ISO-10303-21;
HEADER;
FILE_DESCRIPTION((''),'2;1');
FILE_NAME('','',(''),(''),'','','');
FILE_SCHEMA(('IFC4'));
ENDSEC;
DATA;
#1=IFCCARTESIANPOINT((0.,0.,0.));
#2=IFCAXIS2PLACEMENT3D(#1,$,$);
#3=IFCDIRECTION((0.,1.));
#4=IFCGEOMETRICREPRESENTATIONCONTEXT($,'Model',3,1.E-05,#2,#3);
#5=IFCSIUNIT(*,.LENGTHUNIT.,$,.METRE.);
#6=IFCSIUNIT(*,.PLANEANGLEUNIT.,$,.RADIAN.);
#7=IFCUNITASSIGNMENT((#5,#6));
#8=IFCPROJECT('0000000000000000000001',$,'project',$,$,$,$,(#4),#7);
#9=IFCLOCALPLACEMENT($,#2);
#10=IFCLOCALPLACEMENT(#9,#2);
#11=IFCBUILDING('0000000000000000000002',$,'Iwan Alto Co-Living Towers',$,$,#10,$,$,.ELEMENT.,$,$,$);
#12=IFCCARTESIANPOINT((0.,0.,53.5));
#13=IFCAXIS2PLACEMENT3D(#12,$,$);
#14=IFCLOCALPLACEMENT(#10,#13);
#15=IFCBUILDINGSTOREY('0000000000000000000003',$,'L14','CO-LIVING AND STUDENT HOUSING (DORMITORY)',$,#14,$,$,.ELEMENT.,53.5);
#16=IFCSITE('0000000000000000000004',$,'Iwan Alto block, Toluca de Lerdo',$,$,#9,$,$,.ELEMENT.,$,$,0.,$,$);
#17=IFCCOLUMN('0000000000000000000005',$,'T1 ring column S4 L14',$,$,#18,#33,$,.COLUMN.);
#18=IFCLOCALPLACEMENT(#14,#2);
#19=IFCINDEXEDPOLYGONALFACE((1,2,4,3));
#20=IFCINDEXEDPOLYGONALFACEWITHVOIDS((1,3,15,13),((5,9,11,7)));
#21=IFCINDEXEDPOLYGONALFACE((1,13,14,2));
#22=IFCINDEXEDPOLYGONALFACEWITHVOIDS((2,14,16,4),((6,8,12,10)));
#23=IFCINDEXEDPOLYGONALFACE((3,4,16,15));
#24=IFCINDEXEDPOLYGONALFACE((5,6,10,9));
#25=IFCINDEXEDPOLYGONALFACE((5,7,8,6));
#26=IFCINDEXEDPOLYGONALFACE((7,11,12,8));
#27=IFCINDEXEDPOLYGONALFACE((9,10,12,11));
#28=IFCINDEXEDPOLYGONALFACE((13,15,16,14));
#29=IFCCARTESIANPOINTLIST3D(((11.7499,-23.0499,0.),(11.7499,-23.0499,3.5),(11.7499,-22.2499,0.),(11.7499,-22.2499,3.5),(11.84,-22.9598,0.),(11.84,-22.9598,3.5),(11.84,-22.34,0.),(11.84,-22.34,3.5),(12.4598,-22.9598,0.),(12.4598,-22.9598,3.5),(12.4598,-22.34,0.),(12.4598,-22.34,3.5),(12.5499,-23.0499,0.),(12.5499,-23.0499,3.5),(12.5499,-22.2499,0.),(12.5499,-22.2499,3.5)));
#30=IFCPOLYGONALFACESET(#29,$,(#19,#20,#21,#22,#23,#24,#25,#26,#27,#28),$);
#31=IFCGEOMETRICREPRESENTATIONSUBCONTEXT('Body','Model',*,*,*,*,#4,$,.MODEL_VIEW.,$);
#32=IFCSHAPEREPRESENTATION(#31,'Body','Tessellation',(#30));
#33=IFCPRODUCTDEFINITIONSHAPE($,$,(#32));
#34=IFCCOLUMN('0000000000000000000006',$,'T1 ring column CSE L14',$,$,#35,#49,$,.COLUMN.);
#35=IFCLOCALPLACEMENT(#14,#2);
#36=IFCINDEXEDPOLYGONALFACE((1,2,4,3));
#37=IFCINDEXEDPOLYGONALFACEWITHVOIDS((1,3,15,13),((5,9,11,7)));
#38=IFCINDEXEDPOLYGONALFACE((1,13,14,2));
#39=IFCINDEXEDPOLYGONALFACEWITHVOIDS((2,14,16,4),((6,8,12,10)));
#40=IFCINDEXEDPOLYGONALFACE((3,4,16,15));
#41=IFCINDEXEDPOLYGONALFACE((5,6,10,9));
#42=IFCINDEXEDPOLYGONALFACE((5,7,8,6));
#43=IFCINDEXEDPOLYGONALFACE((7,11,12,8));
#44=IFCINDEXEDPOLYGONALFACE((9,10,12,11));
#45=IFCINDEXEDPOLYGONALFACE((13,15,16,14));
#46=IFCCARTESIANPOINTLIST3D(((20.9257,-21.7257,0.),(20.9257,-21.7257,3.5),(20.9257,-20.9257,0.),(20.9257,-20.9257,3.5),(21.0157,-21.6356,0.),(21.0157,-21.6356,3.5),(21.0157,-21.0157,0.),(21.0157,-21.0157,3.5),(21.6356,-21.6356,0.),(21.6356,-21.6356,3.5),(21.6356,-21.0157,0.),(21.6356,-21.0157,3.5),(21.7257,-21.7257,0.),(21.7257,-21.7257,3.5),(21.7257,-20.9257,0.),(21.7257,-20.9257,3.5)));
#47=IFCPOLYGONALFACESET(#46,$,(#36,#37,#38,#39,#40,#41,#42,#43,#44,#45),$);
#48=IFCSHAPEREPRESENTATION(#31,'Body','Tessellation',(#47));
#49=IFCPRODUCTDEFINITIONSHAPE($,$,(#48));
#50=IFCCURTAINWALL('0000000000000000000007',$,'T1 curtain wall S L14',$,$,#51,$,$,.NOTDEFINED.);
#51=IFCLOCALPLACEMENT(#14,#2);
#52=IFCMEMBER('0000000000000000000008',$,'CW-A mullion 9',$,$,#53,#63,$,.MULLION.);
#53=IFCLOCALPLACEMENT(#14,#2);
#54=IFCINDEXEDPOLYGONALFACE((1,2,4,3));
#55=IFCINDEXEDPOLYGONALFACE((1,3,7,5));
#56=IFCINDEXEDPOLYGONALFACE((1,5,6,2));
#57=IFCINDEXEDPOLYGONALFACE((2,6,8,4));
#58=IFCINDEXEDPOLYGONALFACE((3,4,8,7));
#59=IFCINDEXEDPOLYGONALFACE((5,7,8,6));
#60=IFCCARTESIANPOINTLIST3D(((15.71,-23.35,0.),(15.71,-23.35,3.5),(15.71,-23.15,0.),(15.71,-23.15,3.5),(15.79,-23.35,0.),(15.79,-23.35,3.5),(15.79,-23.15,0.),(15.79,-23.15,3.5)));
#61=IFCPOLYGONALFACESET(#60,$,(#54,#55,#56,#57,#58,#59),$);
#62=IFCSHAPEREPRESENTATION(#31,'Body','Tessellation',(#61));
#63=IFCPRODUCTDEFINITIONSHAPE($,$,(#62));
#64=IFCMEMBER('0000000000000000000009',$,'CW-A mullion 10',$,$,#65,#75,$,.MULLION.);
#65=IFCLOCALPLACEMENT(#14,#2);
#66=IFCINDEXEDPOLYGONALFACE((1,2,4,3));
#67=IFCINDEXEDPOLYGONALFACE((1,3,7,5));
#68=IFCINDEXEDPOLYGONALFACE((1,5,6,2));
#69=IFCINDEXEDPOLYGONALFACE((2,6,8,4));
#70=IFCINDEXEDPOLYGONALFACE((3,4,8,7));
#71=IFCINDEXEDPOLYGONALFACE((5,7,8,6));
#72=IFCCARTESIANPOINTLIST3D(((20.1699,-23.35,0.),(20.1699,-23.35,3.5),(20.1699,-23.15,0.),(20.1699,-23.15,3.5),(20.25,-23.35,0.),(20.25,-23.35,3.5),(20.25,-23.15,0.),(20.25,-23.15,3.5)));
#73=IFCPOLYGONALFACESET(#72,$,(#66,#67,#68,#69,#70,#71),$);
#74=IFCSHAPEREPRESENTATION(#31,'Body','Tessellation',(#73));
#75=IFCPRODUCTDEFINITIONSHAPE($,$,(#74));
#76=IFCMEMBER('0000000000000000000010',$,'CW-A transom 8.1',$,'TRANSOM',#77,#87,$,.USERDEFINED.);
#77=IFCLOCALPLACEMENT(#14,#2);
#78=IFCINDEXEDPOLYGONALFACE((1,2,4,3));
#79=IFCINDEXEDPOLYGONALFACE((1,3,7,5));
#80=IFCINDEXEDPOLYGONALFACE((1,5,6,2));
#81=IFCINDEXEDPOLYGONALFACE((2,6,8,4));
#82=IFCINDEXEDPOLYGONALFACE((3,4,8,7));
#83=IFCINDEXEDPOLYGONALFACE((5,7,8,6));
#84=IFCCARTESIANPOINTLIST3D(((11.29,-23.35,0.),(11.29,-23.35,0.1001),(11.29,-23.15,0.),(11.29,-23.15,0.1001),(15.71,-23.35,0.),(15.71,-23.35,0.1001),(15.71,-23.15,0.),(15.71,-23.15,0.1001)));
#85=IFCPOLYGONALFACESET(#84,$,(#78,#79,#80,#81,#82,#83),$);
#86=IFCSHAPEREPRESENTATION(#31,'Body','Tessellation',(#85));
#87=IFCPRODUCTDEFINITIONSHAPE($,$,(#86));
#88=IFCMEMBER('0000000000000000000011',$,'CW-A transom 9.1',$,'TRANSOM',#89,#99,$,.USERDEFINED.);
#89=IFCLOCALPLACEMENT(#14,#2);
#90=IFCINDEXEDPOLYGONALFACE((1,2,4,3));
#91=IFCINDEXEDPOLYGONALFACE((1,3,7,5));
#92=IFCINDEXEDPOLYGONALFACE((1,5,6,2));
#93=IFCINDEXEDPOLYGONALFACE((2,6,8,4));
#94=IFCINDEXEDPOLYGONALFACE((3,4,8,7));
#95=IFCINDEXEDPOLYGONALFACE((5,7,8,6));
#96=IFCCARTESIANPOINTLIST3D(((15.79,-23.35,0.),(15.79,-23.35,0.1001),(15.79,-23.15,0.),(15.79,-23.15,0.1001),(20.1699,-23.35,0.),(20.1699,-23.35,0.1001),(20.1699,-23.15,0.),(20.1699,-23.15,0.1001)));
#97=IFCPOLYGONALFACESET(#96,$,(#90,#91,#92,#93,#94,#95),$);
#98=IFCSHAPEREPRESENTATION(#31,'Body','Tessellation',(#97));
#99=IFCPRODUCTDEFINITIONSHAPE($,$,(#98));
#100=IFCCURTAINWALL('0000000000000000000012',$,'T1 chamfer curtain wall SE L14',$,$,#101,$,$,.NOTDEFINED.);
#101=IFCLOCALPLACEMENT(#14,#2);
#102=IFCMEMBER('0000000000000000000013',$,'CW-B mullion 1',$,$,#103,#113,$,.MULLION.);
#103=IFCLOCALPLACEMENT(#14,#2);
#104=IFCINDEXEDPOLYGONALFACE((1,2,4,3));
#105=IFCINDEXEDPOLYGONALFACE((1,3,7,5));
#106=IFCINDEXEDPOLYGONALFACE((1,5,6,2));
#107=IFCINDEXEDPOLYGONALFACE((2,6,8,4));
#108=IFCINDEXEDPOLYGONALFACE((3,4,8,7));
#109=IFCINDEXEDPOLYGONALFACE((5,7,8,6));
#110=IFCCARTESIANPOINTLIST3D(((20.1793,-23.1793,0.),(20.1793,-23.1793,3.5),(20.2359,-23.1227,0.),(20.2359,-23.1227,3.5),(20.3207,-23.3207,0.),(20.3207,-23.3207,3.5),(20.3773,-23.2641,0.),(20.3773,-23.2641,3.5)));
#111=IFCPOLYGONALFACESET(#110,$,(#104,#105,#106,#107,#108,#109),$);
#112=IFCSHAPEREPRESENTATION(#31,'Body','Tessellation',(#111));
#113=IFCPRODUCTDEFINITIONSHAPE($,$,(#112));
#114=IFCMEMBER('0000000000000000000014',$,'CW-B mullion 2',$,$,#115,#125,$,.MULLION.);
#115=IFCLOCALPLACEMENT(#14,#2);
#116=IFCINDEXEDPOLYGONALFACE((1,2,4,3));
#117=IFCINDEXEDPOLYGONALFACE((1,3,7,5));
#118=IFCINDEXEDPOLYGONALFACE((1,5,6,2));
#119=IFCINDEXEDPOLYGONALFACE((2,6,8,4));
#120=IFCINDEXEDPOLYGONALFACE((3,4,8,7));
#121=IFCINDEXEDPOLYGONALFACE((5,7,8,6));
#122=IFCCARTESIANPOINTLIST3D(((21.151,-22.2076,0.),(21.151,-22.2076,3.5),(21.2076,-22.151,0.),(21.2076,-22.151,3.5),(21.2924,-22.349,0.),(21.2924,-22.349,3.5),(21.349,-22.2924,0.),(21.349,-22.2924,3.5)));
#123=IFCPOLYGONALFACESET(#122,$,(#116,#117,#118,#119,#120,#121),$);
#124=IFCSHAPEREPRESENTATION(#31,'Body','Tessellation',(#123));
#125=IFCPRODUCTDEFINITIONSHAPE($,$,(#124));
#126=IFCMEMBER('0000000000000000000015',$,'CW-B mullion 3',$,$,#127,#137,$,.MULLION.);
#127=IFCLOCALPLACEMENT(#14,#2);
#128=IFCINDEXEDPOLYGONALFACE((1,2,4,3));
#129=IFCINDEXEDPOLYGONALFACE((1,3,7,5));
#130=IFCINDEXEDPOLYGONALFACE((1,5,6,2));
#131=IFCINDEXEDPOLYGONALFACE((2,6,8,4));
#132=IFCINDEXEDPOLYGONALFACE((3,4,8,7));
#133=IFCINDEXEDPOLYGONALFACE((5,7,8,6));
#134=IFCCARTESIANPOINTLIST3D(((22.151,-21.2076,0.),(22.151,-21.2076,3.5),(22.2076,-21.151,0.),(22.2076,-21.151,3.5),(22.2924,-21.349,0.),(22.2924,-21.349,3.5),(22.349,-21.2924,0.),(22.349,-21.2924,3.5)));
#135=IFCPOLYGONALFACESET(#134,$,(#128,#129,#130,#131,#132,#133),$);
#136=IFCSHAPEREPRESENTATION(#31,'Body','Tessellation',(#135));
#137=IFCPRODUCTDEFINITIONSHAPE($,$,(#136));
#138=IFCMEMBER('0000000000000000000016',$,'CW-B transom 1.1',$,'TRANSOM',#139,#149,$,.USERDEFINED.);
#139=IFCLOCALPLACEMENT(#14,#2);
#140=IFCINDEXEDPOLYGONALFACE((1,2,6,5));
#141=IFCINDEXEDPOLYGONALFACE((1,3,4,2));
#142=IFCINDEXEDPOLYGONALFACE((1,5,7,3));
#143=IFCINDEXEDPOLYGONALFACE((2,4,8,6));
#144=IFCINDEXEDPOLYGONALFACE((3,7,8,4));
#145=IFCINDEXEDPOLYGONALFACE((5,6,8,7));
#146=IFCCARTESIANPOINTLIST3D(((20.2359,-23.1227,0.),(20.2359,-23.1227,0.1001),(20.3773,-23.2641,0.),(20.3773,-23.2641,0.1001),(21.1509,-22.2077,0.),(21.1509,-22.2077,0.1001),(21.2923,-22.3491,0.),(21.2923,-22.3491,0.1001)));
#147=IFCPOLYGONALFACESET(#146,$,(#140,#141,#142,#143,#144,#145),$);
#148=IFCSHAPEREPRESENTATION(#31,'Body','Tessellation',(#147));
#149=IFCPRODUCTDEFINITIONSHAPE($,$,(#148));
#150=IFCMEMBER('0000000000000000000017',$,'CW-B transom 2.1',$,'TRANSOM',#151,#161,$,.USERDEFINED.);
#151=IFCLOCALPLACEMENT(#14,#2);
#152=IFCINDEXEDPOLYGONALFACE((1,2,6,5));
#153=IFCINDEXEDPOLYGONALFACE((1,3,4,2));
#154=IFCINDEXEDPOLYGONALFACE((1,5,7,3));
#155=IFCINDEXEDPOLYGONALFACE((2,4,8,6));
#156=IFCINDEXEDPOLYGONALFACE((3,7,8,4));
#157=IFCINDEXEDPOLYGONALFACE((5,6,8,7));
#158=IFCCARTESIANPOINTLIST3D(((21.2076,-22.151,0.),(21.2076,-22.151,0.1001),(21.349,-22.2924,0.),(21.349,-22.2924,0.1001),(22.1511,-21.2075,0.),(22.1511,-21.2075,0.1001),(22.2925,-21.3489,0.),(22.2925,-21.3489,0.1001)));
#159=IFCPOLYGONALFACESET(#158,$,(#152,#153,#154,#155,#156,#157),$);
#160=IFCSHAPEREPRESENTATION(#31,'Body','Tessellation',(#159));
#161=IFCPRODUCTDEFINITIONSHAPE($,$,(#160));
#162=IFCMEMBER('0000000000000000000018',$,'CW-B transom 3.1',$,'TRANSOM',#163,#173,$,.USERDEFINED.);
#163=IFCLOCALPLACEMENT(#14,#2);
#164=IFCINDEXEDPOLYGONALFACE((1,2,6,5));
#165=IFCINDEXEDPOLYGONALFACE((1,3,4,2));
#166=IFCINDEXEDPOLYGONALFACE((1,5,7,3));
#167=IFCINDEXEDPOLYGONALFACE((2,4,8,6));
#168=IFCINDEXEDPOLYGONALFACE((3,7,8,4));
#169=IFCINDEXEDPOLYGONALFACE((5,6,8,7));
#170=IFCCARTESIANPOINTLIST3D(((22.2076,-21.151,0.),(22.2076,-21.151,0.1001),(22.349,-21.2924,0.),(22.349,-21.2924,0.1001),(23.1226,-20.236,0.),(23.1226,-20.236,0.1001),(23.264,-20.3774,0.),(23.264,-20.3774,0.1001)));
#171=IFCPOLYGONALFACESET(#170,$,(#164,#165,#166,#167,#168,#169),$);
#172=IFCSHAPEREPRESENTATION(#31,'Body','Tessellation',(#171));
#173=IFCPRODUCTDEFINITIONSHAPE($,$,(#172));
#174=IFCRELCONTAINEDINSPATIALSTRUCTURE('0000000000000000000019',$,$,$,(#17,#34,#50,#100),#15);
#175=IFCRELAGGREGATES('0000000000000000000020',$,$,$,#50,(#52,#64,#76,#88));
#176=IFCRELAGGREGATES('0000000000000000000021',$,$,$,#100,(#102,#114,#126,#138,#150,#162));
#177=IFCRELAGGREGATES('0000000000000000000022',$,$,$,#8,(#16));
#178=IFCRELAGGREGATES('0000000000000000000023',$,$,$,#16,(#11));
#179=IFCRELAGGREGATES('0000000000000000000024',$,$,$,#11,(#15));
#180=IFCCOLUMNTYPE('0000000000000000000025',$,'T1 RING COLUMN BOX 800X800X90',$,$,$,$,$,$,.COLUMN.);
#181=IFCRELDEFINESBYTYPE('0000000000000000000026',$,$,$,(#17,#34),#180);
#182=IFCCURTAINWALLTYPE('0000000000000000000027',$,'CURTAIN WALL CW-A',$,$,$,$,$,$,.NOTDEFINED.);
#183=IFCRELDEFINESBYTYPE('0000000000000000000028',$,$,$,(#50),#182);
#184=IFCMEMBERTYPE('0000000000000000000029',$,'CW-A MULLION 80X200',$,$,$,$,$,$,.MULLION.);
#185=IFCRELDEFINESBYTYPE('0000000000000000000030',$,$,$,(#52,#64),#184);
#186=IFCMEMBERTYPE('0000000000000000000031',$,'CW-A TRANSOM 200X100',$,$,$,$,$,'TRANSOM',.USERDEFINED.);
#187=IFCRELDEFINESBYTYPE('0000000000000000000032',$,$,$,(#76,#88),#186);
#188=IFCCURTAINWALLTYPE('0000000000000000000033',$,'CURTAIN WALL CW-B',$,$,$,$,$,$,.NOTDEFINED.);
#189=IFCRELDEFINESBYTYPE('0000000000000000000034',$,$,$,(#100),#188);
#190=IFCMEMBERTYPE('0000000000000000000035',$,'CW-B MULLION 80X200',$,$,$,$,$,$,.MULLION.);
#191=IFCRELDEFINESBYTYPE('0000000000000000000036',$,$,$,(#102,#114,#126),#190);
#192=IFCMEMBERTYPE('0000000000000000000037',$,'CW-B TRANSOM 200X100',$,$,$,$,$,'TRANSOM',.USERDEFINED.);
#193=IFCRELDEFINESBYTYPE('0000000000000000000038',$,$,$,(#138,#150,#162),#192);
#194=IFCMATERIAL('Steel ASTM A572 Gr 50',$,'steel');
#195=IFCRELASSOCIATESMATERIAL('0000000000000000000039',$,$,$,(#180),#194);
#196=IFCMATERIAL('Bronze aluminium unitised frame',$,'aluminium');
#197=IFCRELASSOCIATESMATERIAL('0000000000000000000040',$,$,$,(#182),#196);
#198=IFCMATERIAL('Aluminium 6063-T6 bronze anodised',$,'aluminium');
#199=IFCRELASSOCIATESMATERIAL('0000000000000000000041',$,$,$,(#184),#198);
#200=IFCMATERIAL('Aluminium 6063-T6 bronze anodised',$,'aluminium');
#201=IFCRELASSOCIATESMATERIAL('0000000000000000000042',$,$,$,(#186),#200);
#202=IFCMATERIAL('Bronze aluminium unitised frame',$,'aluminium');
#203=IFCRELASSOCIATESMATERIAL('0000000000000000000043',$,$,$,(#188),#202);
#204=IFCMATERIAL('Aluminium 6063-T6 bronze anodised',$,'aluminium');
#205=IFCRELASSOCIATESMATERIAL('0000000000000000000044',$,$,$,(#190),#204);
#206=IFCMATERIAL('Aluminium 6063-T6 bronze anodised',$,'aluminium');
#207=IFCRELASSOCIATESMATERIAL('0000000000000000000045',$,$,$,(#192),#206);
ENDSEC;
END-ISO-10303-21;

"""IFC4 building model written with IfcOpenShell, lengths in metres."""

from ifc_helpers import new_model, si_unit, direction, frame, origin, origin_2d, place, context, subcontext, project, spatial, rectangle, hollow_rectangle, extrude, material, material_profile, profile_set, type_object, element, aggregate, save


model = new_model("IFC4")

# Units and contexts
model_context = context("Model", 3, precision=1e-05, world=origin(), true_north=direction((0.0, 1.0)))
body_context = subcontext(model_context, "Body", "Model", "MODEL_VIEW")
ifc_project = project(units=[si_unit("LENGTHUNIT", "METRE"), si_unit("PLANEANGLEUNIT", "RADIAN")], contexts=[model_context])

# Site, building, storey
site_placement = place(None, origin())
site = spatial("IfcSite", under=ifc_project, at=site_placement, Name="Iwan Alto block, Toluca de Lerdo", CompositionType="ELEMENT", RefElevation=0.0)
building_placement = place(site_placement, origin())
building = spatial("IfcBuilding", under=site, at=building_placement, Name="Iwan Alto Co-Living Towers", CompositionType="ELEMENT")
storey_placement = place(building_placement, frame((0.0, 0.0, 53.5)))
storey = spatial("IfcBuildingStorey", under=building, at=storey_placement, Name="L14", Description="CO-LIVING AND STUDENT HOUSING (DORMITORY)", CompositionType="ELEMENT", Elevation=53.5)

# Columns
ifc_material_1 = material(Name="Steel ASTM A572 Gr 50", Category="steel")
ifc_material_profile_1 = material_profile(ifc_material_1, hollow_rectangle(XDim=0.8, YDim=0.8, WallThickness=0.0901, at=origin_2d()), Name="BOX 800X800X90")
ifc_profile_set_1 = profile_set([ifc_material_profile_1], Name="Steel ASTM A572 Gr 50")
column_type = type_object("IfcColumnType", Name="T1 RING COLUMN BOX 800X800X90", PredefinedType="COLUMN", material=ifc_profile_set_1)
for number, where, z_axis, x_axis, name in (
    (1, (12.1499, -22.6499, 0.0), (0.0, 0.0, 1.0), (1.0, 0.0, 0.0), "T1 ring column S4 L14"),
    (2, (21.3257, -21.3257, 0.0), (0.0, 0.0, 1.0), (1.0, 0.0, 0.0), "T1 ring column CSE L14"),
):
    element("IfcColumn", number, at=place(storey_placement, frame(where, z_axis=z_axis, x_axis=x_axis)), inside=storey, type_object=column_type, Name=name, PredefinedType="COLUMN", context=body_context, shape_type="SweptSolid", body=[
        extrude(hollow_rectangle(XDim=0.8, YDim=0.8, WallThickness=0.0901, at=origin_2d()), origin(), (0.0, 0.0, 1.0), 3.5),
    ])

# Curtain walls, members
ifc_material_2 = material(Name="Bronze aluminium unitised frame", Category="aluminium")
curtain_wall_type_1 = type_object("IfcCurtainWallType", Name="CURTAIN WALL CW-A", PredefinedType="NOTDEFINED", material=ifc_material_2)
curtain_wall_1_placement = place(storey_placement, origin())
curtain_wall_1 = element("IfcCurtainWall", 3, at=curtain_wall_1_placement, inside=storey, type_object=curtain_wall_type_1, Name="T1 curtain wall S L14", PredefinedType="NOTDEFINED")
ifc_material_3 = material(Name="Aluminium 6063-T6 bronze anodised", Category="aluminium")
ifc_material_profile_2 = material_profile(ifc_material_3, rectangle(XDim=0.2, YDim=0.0801, at=origin_2d()), Name="AL 80X200")
ifc_profile_set_2 = profile_set([ifc_material_profile_2], Name="Aluminium 6063-T6 bronze anodised")
member_type_1 = type_object("IfcMemberType", Name="CW-A MULLION 80X200", PredefinedType="MULLION", material=ifc_profile_set_2)
member_1_placement = place(storey_placement, frame((15.75, -23.25, 0.0), z_axis=(0.0, 0.0, 1.0), x_axis=(0.0, 1.0, 0.0)))
member_1 = element("IfcMember", 4, at=member_1_placement, type_object=member_type_1, Name="CW-A mullion 9", PredefinedType="MULLION", context=body_context, shape_type="SweptSolid", body=[
    extrude(rectangle(XDim=0.2, YDim=0.0801, at=origin_2d()), origin(), (0.0, 0.0, 1.0), 3.5),
])
member_2_placement = place(storey_placement, frame((20.21, -23.25, 0.0), z_axis=(0.0, 0.0, 1.0), x_axis=(0.0, 1.0, 0.0)))
member_2 = element("IfcMember", 5, at=member_2_placement, type_object=member_type_1, Name="CW-A mullion 10", PredefinedType="MULLION", context=body_context, shape_type="SweptSolid", body=[
    extrude(rectangle(XDim=0.2, YDim=0.0801, at=origin_2d()), origin(), (0.0, 0.0, 1.0), 3.5),
])
ifc_material_4 = material(Name="Aluminium 6063-T6 bronze anodised", Category="aluminium")
ifc_material_profile_3 = material_profile(ifc_material_4, rectangle(XDim=0.2, YDim=0.1001, at=origin_2d()), Name="AL 200X100")
ifc_profile_set_3 = profile_set([ifc_material_profile_3], Name="Aluminium 6063-T6 bronze anodised")
member_type_2 = type_object("IfcMemberType", Name="CW-A TRANSOM 200X100", ElementType="TRANSOM", PredefinedType="USERDEFINED", material=ifc_profile_set_3)
member_3_placement = place(storey_placement, frame((11.29, -23.25, 0.05), z_axis=(1.0, 0.0, 0.0), x_axis=(0.0, 1.0, 0.0)))
member_3 = element("IfcMember", 6, at=member_3_placement, type_object=member_type_2, Name="CW-A transom 8.1", ObjectType="TRANSOM", PredefinedType="USERDEFINED", context=body_context, shape_type="SweptSolid", body=[
    extrude(rectangle(XDim=0.2, YDim=0.1001, at=origin_2d()), origin(), (0.0, 0.0, 1.0), 4.4199),
])
member_4_placement = place(storey_placement, frame((15.79, -23.25, 0.05), z_axis=(1.0, 0.0, 0.0), x_axis=(0.0, 1.0, 0.0)))
member_4 = element("IfcMember", 7, at=member_4_placement, type_object=member_type_2, Name="CW-A transom 9.1", ObjectType="TRANSOM", PredefinedType="USERDEFINED", context=body_context, shape_type="SweptSolid", body=[
    extrude(rectangle(XDim=0.2, YDim=0.1001, at=origin_2d()), origin(), (0.0, 0.0, 1.0), 4.3799),
])
ifc_material_5 = material(Name="Bronze aluminium unitised frame", Category="aluminium")
curtain_wall_type_2 = type_object("IfcCurtainWallType", Name="CURTAIN WALL CW-B", PredefinedType="NOTDEFINED", material=ifc_material_5)
curtain_wall_2_placement = place(storey_placement, origin())
curtain_wall_2 = element("IfcCurtainWall", 8, at=curtain_wall_2_placement, inside=storey, type_object=curtain_wall_type_2, Name="T1 chamfer curtain wall SE L14", PredefinedType="NOTDEFINED")
ifc_material_6 = material(Name="Aluminium 6063-T6 bronze anodised", Category="aluminium")
ifc_material_profile_4 = material_profile(ifc_material_6, rectangle(XDim=0.2, YDim=0.0801, at=origin_2d()), Name="AL 80X200")
ifc_profile_set_4 = profile_set([ifc_material_profile_4], Name="Aluminium 6063-T6 bronze anodised")
member_type_3 = type_object("IfcMemberType", Name="CW-B MULLION 80X200", PredefinedType="MULLION", material=ifc_profile_set_4)
member_5_placement = place(storey_placement, frame((20.2783, -23.2217, 0.0), z_axis=(0.0, 0.0, 1.0), x_axis=(-0.707107, 0.707107, 0.0)))
member_5 = element("IfcMember", 9, at=member_5_placement, type_object=member_type_3, Name="CW-B mullion 1", PredefinedType="MULLION", context=body_context, shape_type="SweptSolid", body=[
    extrude(rectangle(XDim=0.2, YDim=0.0801, at=origin_2d()), origin(), (0.0, 0.0, 1.0), 3.5),
])
member_6_placement = place(storey_placement, frame((21.25, -22.25, 0.0), z_axis=(0.0, 0.0, 1.0), x_axis=(-0.707107, 0.707107, 0.0)))
member_6 = element("IfcMember", 10, at=member_6_placement, type_object=member_type_3, Name="CW-B mullion 2", PredefinedType="MULLION", context=body_context, shape_type="SweptSolid", body=[
    extrude(rectangle(XDim=0.2, YDim=0.0801, at=origin_2d()), origin(), (0.0, 0.0, 1.0), 3.5),
])
member_7_placement = place(storey_placement, frame((22.25, -21.25, 0.0), z_axis=(0.0, 0.0, 1.0), x_axis=(-0.707107, 0.707107, 0.0)))
member_7 = element("IfcMember", 11, at=member_7_placement, type_object=member_type_3, Name="CW-B mullion 3", PredefinedType="MULLION", context=body_context, shape_type="SweptSolid", body=[
    extrude(rectangle(XDim=0.2, YDim=0.0801, at=origin_2d()), origin(), (0.0, 0.0, 1.0), 3.5),
])
ifc_material_7 = material(Name="Aluminium 6063-T6 bronze anodised", Category="aluminium")
ifc_material_profile_5 = material_profile(ifc_material_7, rectangle(XDim=0.2, YDim=0.1001, at=origin_2d()), Name="AL 200X100")
ifc_profile_set_5 = profile_set([ifc_material_profile_5], Name="Aluminium 6063-T6 bronze anodised")
member_type_4 = type_object("IfcMemberType", Name="CW-B TRANSOM 200X100", ElementType="TRANSOM", PredefinedType="USERDEFINED", material=ifc_profile_set_5)
member_8_placement = place(storey_placement, frame((20.3066, -23.1934, 0.05), z_axis=(0.707107, 0.707107, 0.0), x_axis=(-0.707107, 0.707107, 0.0)))
member_8 = element("IfcMember", 12, at=member_8_placement, type_object=member_type_4, Name="CW-B transom 1.1", ObjectType="TRANSOM", PredefinedType="USERDEFINED", context=body_context, shape_type="SweptSolid", body=[
    extrude(rectangle(XDim=0.2, YDim=0.1001, at=origin_2d()), origin(), (0.0, 0.0, 1.0), 1.2939),
])
member_9_placement = place(storey_placement, frame((21.2783, -22.2217, 0.05), z_axis=(0.707107, 0.707107, 0.0), x_axis=(-0.707107, 0.707107, 0.0)))
member_9 = element("IfcMember", 13, at=member_9_placement, type_object=member_type_4, Name="CW-B transom 2.1", ObjectType="TRANSOM", PredefinedType="USERDEFINED", context=body_context, shape_type="SweptSolid", body=[
    extrude(rectangle(XDim=0.2, YDim=0.1001, at=origin_2d()), origin(), (0.0, 0.0, 1.0), 1.3342),
])
member_10_placement = place(storey_placement, frame((22.2783, -21.2217, 0.05), z_axis=(0.707107, 0.707107, 0.0), x_axis=(-0.707107, 0.707107, 0.0)))
member_10 = element("IfcMember", 14, at=member_10_placement, type_object=member_type_4, Name="CW-B transom 3.1", ObjectType="TRANSOM", PredefinedType="USERDEFINED", context=body_context, shape_type="SweptSolid", body=[
    extrude(rectangle(XDim=0.2, YDim=0.1001, at=origin_2d()), origin(), (0.0, 0.0, 1.0), 1.2939),
])

aggregate(curtain_wall_1, [member_1, member_2, member_3, member_4])
aggregate(curtain_wall_2, [member_5, member_6, member_7, member_8, member_9, member_10])

save(model, "model.ifc")
